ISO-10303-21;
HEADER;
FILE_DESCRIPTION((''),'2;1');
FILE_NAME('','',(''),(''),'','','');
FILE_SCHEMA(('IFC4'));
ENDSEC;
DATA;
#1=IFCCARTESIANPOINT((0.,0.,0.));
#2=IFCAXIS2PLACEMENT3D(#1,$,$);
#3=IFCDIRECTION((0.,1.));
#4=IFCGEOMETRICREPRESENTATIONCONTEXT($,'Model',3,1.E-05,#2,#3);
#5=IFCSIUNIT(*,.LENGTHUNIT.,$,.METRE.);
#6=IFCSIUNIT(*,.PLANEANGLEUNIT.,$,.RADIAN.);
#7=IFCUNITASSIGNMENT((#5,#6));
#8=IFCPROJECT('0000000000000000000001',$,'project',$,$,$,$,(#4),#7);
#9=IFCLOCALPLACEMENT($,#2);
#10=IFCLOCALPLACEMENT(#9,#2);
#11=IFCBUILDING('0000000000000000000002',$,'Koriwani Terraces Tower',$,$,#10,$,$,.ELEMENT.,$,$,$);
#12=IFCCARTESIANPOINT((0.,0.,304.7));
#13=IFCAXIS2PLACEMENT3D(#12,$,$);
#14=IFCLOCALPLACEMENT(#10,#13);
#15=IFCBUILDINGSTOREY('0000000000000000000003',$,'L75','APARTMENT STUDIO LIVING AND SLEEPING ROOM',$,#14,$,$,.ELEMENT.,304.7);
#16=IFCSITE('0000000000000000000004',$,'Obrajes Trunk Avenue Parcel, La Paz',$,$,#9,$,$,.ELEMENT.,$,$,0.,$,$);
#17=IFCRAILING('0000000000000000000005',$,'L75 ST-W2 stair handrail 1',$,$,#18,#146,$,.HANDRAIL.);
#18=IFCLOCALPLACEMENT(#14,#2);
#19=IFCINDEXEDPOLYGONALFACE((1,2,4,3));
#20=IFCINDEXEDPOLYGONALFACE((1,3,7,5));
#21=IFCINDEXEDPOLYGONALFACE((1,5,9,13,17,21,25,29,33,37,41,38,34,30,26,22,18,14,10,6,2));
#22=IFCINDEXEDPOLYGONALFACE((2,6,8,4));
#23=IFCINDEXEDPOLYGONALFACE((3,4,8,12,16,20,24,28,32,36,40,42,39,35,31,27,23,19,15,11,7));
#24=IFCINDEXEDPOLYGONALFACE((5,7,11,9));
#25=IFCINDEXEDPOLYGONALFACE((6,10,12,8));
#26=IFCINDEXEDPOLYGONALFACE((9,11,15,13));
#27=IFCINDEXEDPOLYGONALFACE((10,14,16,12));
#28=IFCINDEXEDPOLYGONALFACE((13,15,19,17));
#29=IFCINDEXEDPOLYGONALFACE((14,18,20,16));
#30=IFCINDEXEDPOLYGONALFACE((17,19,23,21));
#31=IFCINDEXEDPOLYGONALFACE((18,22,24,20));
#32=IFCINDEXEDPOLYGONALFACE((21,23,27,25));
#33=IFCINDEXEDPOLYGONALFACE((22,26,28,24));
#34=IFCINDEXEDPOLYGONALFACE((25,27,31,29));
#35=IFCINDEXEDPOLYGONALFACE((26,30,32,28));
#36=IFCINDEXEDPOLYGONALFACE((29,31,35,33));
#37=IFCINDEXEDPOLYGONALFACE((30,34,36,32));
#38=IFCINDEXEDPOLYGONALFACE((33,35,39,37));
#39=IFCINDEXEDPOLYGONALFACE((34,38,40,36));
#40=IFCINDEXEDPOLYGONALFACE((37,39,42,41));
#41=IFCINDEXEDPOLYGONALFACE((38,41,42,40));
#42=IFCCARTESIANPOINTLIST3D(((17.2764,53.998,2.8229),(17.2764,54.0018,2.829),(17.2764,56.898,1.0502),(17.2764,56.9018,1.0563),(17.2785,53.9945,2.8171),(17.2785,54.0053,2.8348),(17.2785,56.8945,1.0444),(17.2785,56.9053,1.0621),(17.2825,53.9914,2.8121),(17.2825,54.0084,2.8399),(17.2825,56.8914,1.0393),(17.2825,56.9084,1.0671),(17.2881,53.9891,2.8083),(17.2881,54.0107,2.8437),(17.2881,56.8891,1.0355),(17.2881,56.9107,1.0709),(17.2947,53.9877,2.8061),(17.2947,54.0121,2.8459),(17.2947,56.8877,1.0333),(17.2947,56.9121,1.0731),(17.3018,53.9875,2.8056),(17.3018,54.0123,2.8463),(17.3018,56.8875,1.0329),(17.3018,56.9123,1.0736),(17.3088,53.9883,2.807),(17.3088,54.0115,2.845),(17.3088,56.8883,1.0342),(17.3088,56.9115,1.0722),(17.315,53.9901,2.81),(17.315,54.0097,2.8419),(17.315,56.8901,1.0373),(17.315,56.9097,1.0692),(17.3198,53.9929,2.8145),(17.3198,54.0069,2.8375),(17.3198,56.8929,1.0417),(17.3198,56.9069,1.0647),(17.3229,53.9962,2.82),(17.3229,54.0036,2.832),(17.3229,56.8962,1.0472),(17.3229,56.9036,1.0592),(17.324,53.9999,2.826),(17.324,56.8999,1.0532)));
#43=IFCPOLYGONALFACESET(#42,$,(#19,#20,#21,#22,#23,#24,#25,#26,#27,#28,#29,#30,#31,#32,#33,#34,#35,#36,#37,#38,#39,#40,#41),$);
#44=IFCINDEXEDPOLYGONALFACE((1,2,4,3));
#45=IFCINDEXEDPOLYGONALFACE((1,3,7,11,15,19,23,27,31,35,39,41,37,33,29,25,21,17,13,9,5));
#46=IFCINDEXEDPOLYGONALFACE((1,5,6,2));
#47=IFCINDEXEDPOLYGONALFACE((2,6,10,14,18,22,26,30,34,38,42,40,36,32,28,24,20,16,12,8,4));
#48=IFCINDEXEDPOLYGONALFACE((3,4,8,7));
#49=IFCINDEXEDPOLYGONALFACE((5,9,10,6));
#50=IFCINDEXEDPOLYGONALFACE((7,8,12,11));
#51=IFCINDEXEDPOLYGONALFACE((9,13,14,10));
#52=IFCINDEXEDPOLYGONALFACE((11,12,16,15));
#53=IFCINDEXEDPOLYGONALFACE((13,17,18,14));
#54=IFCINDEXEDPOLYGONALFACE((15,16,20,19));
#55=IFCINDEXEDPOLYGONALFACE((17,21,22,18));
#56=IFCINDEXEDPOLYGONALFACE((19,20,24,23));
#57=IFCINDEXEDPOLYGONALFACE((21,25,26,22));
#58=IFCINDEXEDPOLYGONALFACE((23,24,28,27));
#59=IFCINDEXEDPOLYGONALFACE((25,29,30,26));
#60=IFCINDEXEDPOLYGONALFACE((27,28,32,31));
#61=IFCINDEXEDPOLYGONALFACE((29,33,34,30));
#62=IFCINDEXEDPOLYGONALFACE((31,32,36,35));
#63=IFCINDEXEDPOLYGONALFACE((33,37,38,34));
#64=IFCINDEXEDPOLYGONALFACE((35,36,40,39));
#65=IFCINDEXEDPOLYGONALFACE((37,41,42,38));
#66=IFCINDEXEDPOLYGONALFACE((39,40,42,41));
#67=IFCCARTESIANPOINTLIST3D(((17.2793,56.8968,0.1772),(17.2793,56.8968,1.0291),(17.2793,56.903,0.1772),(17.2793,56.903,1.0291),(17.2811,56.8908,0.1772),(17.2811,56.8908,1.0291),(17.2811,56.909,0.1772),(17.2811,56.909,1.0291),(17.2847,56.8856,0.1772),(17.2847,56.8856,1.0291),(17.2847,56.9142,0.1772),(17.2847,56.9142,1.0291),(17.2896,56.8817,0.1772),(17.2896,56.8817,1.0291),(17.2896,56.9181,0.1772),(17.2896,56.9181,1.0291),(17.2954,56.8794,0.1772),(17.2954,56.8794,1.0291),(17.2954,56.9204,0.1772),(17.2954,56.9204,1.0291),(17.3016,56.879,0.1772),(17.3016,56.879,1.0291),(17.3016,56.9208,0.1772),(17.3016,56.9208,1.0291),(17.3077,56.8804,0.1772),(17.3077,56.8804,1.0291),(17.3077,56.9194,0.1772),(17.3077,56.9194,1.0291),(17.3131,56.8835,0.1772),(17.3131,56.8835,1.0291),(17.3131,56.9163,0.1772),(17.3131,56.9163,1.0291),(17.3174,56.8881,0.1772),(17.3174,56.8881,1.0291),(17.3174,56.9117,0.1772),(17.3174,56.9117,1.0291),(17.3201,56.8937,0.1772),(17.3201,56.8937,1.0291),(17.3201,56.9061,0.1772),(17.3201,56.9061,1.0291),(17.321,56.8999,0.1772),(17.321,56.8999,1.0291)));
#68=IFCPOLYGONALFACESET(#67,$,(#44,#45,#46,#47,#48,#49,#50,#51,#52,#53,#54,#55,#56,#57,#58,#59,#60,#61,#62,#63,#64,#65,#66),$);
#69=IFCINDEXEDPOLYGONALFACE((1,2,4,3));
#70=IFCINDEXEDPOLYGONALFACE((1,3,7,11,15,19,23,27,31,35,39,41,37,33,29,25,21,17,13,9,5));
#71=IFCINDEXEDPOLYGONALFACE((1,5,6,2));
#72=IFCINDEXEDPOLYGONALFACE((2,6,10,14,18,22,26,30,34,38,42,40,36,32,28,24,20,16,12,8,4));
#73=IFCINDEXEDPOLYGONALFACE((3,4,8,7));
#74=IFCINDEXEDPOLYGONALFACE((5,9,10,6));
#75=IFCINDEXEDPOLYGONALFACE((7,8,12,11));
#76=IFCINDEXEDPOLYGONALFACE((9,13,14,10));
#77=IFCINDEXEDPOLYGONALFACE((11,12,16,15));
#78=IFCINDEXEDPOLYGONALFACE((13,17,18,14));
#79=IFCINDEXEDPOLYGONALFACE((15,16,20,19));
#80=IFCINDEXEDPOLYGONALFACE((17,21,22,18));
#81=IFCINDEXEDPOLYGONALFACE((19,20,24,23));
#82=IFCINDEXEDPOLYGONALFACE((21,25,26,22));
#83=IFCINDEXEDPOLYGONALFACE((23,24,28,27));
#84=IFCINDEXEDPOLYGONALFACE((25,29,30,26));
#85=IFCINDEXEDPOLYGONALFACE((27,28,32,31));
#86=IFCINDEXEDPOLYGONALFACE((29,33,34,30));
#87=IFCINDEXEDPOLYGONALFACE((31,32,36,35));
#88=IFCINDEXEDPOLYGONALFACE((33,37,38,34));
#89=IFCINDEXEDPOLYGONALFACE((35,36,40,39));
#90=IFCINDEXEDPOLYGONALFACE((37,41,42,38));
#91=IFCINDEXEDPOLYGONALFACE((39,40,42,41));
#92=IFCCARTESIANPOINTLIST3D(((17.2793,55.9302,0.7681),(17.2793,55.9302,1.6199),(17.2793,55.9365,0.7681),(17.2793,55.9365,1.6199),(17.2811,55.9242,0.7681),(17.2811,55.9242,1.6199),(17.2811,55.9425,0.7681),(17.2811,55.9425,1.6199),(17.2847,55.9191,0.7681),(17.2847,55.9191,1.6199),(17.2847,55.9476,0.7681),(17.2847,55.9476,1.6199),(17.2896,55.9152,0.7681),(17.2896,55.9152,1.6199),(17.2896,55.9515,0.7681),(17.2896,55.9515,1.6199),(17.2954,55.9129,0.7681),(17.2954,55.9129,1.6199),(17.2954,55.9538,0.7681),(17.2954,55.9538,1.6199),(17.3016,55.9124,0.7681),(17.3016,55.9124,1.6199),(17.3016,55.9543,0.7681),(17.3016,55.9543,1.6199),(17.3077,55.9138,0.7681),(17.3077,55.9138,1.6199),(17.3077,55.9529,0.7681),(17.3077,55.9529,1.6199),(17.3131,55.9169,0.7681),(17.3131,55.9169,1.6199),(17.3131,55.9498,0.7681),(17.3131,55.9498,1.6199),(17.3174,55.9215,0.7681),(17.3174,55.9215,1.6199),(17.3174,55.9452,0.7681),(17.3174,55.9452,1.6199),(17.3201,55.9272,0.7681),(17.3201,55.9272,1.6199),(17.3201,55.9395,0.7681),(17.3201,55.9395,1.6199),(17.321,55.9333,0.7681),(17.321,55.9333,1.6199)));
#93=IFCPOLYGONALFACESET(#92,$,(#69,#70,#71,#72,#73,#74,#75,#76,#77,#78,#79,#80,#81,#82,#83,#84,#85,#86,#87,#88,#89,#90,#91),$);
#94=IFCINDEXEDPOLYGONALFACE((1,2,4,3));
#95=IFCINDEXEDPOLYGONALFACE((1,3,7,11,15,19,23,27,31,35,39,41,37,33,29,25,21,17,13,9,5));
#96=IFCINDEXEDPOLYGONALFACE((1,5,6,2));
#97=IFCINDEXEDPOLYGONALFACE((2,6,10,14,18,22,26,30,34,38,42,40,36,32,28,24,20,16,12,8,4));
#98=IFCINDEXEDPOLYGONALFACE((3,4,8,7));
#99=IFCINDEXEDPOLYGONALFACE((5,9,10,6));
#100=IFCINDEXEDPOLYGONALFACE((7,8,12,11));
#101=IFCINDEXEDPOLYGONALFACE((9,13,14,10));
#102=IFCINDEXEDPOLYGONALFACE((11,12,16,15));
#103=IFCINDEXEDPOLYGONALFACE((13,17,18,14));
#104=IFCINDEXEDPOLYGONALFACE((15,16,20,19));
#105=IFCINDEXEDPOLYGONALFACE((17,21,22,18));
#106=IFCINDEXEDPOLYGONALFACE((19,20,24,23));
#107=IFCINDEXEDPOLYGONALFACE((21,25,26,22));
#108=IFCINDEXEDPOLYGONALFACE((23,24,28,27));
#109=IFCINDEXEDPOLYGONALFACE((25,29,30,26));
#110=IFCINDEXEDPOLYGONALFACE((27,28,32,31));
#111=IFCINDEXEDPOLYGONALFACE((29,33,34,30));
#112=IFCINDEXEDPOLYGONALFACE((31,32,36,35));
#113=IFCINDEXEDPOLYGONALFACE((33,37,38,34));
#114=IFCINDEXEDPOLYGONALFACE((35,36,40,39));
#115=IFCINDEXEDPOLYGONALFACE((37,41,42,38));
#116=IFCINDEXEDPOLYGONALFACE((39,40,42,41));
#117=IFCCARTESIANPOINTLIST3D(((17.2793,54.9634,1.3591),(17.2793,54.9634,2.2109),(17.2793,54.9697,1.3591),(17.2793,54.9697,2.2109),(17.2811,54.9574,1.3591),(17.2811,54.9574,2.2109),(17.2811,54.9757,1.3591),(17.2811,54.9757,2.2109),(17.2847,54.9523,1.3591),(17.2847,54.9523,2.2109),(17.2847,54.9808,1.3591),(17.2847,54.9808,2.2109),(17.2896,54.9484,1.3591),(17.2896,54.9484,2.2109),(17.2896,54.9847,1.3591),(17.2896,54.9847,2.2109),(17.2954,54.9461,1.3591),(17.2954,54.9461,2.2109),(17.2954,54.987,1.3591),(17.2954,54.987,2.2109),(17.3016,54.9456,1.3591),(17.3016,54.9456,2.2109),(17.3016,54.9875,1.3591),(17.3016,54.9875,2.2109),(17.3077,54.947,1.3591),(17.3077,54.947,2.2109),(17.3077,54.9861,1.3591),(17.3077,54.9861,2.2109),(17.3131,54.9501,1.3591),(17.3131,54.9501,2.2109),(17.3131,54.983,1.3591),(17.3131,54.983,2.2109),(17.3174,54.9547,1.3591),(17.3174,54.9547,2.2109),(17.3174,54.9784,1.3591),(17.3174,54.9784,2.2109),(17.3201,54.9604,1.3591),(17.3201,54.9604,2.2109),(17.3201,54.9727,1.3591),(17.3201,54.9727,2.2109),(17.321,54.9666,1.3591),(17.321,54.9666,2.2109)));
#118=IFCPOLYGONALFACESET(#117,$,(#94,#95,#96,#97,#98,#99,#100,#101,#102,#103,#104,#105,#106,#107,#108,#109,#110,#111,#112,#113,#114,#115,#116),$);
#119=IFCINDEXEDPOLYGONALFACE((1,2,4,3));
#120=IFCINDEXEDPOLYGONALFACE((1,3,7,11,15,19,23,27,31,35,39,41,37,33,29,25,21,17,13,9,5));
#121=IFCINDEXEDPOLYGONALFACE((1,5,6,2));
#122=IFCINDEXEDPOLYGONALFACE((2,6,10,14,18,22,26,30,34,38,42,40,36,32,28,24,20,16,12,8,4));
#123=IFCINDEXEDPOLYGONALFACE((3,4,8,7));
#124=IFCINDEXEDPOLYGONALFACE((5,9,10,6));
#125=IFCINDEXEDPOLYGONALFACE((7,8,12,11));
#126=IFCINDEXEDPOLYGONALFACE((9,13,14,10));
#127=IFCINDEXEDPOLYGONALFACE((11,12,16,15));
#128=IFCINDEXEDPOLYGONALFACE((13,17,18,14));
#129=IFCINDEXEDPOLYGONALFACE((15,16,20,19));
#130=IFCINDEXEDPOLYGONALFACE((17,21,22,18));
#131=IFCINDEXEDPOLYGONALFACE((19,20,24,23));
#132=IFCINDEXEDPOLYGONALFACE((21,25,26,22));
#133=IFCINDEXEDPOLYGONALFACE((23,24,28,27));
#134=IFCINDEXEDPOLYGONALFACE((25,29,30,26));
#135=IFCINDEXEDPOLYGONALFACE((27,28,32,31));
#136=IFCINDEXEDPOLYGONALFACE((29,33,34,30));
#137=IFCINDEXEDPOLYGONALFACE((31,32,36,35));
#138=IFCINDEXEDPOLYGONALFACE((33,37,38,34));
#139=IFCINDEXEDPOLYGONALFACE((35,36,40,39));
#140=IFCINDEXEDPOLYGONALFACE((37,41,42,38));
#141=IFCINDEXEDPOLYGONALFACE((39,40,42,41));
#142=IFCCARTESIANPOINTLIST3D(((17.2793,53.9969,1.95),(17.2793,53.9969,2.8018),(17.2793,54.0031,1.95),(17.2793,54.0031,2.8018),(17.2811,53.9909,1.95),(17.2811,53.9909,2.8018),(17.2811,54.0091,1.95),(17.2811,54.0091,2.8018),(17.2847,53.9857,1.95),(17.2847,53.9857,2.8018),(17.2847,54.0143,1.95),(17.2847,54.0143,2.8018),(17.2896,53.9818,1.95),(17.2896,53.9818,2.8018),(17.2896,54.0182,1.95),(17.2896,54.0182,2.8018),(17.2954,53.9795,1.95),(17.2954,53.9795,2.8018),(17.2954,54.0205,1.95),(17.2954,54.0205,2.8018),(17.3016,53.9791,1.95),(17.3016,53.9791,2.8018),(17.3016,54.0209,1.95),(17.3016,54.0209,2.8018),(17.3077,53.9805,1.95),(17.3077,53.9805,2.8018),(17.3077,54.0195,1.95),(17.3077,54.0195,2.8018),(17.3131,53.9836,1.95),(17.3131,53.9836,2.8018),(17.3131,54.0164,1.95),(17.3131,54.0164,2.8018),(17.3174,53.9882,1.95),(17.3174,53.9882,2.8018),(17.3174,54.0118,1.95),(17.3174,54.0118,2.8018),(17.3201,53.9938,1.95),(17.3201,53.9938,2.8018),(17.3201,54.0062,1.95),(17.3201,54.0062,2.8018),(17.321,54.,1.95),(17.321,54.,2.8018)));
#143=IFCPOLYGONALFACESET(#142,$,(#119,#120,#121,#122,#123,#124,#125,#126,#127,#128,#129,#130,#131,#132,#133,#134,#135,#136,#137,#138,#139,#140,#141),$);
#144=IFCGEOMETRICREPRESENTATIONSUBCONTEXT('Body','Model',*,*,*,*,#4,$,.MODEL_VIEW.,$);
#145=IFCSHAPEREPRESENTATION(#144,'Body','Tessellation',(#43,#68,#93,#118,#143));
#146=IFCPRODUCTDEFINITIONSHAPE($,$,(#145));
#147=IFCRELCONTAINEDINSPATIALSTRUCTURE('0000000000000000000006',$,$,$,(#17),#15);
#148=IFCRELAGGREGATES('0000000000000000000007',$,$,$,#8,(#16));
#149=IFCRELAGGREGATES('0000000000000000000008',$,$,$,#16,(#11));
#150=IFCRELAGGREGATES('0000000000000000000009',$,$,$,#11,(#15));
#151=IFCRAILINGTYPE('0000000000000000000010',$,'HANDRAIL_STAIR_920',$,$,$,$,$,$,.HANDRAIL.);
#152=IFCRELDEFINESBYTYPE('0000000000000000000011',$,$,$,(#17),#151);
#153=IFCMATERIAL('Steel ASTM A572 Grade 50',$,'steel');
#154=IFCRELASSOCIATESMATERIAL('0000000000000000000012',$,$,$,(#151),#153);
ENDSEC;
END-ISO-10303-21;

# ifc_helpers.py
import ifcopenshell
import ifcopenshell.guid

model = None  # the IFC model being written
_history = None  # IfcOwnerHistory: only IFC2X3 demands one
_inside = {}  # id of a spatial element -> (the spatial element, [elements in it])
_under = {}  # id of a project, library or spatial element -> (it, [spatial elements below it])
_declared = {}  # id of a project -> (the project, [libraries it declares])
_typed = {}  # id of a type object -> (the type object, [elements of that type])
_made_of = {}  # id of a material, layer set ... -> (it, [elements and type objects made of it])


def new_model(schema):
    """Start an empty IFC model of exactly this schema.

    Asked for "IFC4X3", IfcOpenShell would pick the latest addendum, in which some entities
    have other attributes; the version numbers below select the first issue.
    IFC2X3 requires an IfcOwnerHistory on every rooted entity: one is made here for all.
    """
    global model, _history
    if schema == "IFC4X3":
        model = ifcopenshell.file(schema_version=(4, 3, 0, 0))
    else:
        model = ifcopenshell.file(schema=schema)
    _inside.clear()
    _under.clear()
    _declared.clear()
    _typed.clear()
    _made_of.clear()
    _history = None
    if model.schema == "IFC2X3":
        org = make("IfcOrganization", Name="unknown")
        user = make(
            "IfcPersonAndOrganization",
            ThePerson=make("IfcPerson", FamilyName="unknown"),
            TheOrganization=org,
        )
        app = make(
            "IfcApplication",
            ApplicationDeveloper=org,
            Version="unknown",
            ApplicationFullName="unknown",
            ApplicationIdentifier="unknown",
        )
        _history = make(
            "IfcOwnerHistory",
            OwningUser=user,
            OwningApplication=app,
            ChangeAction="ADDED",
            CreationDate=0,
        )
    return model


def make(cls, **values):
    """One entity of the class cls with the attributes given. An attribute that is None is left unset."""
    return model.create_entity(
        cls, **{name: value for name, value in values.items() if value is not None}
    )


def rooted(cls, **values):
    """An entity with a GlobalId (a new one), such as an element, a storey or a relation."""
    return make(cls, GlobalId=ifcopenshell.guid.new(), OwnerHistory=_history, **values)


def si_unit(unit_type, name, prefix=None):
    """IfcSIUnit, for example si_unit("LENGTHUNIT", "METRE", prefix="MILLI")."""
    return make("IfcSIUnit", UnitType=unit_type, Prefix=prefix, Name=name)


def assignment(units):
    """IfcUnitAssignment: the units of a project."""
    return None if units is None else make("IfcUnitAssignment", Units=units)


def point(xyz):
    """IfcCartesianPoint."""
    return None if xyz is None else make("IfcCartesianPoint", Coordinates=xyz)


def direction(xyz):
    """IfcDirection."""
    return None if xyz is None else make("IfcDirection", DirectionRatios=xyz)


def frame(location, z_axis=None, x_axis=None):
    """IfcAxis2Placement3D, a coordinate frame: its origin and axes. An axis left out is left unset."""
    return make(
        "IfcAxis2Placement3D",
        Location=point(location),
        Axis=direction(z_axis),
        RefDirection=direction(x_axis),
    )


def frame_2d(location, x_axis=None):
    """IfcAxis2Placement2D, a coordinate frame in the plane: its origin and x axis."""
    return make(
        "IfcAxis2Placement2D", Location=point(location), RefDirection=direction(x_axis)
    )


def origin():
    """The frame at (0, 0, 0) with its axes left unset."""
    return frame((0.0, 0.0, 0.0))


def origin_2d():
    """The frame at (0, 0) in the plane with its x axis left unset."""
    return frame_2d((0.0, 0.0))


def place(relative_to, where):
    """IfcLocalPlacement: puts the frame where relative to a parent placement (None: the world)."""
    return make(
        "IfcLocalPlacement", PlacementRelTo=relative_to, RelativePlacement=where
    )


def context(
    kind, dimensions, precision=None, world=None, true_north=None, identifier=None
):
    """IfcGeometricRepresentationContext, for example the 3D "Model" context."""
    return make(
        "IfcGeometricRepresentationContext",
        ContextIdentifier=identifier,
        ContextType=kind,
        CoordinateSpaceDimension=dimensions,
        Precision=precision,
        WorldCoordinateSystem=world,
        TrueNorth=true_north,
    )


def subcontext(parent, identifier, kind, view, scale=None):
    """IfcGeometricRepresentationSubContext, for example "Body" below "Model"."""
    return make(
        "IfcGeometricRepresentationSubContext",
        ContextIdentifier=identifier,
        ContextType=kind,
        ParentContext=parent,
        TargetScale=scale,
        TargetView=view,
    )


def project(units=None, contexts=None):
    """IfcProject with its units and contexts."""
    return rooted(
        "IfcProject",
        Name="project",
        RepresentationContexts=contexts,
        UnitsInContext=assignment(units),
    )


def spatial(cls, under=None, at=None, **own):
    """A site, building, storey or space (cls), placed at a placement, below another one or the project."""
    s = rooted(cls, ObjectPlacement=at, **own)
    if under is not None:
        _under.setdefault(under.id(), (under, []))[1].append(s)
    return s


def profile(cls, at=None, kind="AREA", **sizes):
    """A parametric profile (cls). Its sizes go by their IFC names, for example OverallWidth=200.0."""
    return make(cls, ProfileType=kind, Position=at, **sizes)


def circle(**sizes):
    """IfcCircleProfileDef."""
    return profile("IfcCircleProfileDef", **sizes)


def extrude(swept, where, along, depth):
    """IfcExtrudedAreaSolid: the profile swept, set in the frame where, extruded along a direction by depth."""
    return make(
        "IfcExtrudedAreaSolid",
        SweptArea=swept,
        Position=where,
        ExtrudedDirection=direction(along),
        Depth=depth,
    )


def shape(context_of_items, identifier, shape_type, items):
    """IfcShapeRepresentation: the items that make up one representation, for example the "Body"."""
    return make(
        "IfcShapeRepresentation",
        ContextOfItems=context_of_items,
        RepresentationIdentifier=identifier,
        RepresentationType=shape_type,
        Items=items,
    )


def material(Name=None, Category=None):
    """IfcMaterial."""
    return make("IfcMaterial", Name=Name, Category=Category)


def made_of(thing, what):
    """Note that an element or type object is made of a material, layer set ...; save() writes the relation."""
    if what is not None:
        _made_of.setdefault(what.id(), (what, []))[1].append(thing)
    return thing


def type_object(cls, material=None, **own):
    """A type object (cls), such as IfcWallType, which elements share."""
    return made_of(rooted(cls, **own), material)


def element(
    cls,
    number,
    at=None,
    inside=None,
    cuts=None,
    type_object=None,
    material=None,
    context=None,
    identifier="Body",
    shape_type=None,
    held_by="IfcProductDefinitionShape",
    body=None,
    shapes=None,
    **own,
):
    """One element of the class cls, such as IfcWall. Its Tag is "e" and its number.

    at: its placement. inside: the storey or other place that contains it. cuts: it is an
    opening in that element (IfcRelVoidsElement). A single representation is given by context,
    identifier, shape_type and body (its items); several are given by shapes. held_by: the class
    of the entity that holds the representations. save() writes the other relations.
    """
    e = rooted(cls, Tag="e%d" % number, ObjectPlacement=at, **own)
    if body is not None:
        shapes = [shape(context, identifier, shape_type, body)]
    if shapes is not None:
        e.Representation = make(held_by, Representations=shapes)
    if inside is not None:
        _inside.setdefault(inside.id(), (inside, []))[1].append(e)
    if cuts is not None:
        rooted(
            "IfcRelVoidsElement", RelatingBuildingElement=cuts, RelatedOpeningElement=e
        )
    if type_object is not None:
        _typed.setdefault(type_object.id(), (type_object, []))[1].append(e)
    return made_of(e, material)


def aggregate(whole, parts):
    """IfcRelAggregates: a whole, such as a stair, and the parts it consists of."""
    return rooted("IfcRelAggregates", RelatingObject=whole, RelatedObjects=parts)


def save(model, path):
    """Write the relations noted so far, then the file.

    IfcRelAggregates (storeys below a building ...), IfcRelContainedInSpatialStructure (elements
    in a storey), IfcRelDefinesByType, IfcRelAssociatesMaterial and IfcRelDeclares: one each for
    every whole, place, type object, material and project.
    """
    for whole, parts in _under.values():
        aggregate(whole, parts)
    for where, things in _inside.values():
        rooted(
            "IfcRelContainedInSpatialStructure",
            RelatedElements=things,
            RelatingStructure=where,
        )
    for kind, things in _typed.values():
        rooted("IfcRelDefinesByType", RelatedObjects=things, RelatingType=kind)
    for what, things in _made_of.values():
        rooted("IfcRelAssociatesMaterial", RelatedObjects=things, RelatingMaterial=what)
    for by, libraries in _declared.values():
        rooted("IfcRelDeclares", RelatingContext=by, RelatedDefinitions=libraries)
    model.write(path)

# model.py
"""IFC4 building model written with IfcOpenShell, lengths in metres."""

from ifc_helpers import new_model, si_unit, direction, frame, origin, origin_2d, place, context, subcontext, project, spatial, circle, extrude, material, type_object, element, save


model = new_model("IFC4")

# Units and contexts
model_context = context("Model", 3, precision=1e-05, world=origin(), true_north=direction((0.0, 1.0)))
body_context = subcontext(model_context, "Body", "Model", "MODEL_VIEW")
ifc_project = project(units=[si_unit("LENGTHUNIT", "METRE"), si_unit("PLANEANGLEUNIT", "RADIAN")], contexts=[model_context])

# Site, building, storey
site_placement = place(None, origin())
site = spatial("IfcSite", under=ifc_project, at=site_placement, Name="Obrajes Trunk Avenue Parcel, La Paz", CompositionType="ELEMENT", RefElevation=0.0)
building_placement = place(site_placement, origin())
building = spatial("IfcBuilding", under=site, at=building_placement, Name="Koriwani Terraces Tower", CompositionType="ELEMENT")
storey_placement = place(building_placement, frame((0.0, 0.0, 304.7)))
storey = spatial("IfcBuildingStorey", under=building, at=storey_placement, Name="L75", Description="APARTMENT STUDIO LIVING AND SLEEPING ROOM", CompositionType="ELEMENT", Elevation=304.7)

# Shared definitions
ifc_material_1 = material(Name="Steel ASTM A572 Grade 50", Category="steel")

# Railing
railing_type_1 = type_object("IfcRailingType", Name="HANDRAIL_STAIR_920", PredefinedType="HANDRAIL", material=ifc_material_1)
railing_1_placement = place(storey_placement, frame((17.3, 56.8999, 0.1772)))
element("IfcRailing", 1, at=railing_1_placement, inside=storey, type_object=railing_type_1, Name="L75 ST-W2 stair handrail 1", PredefinedType="HANDRAIL", context=body_context, shape_type="SweptSolid", body=[
    extrude(circle(Radius=0.0239, at=origin_2d()), frame((0.0, 0.0, 0.876), z_axis=(0.0, -0.853211, 0.521566), x_axis=(1.0, 0.0, 0.0)), (0.0, 0.0, 1.0), 3.3989),
    extrude(circle(Radius=0.021, at=origin_2d()), origin(), (0.0, 0.0, 1.0), 0.8518),
    extrude(circle(Radius=0.021, at=origin_2d()), frame((0.0, -0.9666, 0.5908)), (0.0, 0.0, 1.0), 0.8518),
    extrude(circle(Radius=0.021, at=origin_2d()), frame((0.0, -1.9333, 1.1819)), (0.0, 0.0, 1.0), 0.8518),
    extrude(circle(Radius=0.021, at=origin_2d()), frame((0.0, -2.8999, 1.7727)), (0.0, 0.0, 1.0), 0.8518),
])

save(model, "model.ifc")
